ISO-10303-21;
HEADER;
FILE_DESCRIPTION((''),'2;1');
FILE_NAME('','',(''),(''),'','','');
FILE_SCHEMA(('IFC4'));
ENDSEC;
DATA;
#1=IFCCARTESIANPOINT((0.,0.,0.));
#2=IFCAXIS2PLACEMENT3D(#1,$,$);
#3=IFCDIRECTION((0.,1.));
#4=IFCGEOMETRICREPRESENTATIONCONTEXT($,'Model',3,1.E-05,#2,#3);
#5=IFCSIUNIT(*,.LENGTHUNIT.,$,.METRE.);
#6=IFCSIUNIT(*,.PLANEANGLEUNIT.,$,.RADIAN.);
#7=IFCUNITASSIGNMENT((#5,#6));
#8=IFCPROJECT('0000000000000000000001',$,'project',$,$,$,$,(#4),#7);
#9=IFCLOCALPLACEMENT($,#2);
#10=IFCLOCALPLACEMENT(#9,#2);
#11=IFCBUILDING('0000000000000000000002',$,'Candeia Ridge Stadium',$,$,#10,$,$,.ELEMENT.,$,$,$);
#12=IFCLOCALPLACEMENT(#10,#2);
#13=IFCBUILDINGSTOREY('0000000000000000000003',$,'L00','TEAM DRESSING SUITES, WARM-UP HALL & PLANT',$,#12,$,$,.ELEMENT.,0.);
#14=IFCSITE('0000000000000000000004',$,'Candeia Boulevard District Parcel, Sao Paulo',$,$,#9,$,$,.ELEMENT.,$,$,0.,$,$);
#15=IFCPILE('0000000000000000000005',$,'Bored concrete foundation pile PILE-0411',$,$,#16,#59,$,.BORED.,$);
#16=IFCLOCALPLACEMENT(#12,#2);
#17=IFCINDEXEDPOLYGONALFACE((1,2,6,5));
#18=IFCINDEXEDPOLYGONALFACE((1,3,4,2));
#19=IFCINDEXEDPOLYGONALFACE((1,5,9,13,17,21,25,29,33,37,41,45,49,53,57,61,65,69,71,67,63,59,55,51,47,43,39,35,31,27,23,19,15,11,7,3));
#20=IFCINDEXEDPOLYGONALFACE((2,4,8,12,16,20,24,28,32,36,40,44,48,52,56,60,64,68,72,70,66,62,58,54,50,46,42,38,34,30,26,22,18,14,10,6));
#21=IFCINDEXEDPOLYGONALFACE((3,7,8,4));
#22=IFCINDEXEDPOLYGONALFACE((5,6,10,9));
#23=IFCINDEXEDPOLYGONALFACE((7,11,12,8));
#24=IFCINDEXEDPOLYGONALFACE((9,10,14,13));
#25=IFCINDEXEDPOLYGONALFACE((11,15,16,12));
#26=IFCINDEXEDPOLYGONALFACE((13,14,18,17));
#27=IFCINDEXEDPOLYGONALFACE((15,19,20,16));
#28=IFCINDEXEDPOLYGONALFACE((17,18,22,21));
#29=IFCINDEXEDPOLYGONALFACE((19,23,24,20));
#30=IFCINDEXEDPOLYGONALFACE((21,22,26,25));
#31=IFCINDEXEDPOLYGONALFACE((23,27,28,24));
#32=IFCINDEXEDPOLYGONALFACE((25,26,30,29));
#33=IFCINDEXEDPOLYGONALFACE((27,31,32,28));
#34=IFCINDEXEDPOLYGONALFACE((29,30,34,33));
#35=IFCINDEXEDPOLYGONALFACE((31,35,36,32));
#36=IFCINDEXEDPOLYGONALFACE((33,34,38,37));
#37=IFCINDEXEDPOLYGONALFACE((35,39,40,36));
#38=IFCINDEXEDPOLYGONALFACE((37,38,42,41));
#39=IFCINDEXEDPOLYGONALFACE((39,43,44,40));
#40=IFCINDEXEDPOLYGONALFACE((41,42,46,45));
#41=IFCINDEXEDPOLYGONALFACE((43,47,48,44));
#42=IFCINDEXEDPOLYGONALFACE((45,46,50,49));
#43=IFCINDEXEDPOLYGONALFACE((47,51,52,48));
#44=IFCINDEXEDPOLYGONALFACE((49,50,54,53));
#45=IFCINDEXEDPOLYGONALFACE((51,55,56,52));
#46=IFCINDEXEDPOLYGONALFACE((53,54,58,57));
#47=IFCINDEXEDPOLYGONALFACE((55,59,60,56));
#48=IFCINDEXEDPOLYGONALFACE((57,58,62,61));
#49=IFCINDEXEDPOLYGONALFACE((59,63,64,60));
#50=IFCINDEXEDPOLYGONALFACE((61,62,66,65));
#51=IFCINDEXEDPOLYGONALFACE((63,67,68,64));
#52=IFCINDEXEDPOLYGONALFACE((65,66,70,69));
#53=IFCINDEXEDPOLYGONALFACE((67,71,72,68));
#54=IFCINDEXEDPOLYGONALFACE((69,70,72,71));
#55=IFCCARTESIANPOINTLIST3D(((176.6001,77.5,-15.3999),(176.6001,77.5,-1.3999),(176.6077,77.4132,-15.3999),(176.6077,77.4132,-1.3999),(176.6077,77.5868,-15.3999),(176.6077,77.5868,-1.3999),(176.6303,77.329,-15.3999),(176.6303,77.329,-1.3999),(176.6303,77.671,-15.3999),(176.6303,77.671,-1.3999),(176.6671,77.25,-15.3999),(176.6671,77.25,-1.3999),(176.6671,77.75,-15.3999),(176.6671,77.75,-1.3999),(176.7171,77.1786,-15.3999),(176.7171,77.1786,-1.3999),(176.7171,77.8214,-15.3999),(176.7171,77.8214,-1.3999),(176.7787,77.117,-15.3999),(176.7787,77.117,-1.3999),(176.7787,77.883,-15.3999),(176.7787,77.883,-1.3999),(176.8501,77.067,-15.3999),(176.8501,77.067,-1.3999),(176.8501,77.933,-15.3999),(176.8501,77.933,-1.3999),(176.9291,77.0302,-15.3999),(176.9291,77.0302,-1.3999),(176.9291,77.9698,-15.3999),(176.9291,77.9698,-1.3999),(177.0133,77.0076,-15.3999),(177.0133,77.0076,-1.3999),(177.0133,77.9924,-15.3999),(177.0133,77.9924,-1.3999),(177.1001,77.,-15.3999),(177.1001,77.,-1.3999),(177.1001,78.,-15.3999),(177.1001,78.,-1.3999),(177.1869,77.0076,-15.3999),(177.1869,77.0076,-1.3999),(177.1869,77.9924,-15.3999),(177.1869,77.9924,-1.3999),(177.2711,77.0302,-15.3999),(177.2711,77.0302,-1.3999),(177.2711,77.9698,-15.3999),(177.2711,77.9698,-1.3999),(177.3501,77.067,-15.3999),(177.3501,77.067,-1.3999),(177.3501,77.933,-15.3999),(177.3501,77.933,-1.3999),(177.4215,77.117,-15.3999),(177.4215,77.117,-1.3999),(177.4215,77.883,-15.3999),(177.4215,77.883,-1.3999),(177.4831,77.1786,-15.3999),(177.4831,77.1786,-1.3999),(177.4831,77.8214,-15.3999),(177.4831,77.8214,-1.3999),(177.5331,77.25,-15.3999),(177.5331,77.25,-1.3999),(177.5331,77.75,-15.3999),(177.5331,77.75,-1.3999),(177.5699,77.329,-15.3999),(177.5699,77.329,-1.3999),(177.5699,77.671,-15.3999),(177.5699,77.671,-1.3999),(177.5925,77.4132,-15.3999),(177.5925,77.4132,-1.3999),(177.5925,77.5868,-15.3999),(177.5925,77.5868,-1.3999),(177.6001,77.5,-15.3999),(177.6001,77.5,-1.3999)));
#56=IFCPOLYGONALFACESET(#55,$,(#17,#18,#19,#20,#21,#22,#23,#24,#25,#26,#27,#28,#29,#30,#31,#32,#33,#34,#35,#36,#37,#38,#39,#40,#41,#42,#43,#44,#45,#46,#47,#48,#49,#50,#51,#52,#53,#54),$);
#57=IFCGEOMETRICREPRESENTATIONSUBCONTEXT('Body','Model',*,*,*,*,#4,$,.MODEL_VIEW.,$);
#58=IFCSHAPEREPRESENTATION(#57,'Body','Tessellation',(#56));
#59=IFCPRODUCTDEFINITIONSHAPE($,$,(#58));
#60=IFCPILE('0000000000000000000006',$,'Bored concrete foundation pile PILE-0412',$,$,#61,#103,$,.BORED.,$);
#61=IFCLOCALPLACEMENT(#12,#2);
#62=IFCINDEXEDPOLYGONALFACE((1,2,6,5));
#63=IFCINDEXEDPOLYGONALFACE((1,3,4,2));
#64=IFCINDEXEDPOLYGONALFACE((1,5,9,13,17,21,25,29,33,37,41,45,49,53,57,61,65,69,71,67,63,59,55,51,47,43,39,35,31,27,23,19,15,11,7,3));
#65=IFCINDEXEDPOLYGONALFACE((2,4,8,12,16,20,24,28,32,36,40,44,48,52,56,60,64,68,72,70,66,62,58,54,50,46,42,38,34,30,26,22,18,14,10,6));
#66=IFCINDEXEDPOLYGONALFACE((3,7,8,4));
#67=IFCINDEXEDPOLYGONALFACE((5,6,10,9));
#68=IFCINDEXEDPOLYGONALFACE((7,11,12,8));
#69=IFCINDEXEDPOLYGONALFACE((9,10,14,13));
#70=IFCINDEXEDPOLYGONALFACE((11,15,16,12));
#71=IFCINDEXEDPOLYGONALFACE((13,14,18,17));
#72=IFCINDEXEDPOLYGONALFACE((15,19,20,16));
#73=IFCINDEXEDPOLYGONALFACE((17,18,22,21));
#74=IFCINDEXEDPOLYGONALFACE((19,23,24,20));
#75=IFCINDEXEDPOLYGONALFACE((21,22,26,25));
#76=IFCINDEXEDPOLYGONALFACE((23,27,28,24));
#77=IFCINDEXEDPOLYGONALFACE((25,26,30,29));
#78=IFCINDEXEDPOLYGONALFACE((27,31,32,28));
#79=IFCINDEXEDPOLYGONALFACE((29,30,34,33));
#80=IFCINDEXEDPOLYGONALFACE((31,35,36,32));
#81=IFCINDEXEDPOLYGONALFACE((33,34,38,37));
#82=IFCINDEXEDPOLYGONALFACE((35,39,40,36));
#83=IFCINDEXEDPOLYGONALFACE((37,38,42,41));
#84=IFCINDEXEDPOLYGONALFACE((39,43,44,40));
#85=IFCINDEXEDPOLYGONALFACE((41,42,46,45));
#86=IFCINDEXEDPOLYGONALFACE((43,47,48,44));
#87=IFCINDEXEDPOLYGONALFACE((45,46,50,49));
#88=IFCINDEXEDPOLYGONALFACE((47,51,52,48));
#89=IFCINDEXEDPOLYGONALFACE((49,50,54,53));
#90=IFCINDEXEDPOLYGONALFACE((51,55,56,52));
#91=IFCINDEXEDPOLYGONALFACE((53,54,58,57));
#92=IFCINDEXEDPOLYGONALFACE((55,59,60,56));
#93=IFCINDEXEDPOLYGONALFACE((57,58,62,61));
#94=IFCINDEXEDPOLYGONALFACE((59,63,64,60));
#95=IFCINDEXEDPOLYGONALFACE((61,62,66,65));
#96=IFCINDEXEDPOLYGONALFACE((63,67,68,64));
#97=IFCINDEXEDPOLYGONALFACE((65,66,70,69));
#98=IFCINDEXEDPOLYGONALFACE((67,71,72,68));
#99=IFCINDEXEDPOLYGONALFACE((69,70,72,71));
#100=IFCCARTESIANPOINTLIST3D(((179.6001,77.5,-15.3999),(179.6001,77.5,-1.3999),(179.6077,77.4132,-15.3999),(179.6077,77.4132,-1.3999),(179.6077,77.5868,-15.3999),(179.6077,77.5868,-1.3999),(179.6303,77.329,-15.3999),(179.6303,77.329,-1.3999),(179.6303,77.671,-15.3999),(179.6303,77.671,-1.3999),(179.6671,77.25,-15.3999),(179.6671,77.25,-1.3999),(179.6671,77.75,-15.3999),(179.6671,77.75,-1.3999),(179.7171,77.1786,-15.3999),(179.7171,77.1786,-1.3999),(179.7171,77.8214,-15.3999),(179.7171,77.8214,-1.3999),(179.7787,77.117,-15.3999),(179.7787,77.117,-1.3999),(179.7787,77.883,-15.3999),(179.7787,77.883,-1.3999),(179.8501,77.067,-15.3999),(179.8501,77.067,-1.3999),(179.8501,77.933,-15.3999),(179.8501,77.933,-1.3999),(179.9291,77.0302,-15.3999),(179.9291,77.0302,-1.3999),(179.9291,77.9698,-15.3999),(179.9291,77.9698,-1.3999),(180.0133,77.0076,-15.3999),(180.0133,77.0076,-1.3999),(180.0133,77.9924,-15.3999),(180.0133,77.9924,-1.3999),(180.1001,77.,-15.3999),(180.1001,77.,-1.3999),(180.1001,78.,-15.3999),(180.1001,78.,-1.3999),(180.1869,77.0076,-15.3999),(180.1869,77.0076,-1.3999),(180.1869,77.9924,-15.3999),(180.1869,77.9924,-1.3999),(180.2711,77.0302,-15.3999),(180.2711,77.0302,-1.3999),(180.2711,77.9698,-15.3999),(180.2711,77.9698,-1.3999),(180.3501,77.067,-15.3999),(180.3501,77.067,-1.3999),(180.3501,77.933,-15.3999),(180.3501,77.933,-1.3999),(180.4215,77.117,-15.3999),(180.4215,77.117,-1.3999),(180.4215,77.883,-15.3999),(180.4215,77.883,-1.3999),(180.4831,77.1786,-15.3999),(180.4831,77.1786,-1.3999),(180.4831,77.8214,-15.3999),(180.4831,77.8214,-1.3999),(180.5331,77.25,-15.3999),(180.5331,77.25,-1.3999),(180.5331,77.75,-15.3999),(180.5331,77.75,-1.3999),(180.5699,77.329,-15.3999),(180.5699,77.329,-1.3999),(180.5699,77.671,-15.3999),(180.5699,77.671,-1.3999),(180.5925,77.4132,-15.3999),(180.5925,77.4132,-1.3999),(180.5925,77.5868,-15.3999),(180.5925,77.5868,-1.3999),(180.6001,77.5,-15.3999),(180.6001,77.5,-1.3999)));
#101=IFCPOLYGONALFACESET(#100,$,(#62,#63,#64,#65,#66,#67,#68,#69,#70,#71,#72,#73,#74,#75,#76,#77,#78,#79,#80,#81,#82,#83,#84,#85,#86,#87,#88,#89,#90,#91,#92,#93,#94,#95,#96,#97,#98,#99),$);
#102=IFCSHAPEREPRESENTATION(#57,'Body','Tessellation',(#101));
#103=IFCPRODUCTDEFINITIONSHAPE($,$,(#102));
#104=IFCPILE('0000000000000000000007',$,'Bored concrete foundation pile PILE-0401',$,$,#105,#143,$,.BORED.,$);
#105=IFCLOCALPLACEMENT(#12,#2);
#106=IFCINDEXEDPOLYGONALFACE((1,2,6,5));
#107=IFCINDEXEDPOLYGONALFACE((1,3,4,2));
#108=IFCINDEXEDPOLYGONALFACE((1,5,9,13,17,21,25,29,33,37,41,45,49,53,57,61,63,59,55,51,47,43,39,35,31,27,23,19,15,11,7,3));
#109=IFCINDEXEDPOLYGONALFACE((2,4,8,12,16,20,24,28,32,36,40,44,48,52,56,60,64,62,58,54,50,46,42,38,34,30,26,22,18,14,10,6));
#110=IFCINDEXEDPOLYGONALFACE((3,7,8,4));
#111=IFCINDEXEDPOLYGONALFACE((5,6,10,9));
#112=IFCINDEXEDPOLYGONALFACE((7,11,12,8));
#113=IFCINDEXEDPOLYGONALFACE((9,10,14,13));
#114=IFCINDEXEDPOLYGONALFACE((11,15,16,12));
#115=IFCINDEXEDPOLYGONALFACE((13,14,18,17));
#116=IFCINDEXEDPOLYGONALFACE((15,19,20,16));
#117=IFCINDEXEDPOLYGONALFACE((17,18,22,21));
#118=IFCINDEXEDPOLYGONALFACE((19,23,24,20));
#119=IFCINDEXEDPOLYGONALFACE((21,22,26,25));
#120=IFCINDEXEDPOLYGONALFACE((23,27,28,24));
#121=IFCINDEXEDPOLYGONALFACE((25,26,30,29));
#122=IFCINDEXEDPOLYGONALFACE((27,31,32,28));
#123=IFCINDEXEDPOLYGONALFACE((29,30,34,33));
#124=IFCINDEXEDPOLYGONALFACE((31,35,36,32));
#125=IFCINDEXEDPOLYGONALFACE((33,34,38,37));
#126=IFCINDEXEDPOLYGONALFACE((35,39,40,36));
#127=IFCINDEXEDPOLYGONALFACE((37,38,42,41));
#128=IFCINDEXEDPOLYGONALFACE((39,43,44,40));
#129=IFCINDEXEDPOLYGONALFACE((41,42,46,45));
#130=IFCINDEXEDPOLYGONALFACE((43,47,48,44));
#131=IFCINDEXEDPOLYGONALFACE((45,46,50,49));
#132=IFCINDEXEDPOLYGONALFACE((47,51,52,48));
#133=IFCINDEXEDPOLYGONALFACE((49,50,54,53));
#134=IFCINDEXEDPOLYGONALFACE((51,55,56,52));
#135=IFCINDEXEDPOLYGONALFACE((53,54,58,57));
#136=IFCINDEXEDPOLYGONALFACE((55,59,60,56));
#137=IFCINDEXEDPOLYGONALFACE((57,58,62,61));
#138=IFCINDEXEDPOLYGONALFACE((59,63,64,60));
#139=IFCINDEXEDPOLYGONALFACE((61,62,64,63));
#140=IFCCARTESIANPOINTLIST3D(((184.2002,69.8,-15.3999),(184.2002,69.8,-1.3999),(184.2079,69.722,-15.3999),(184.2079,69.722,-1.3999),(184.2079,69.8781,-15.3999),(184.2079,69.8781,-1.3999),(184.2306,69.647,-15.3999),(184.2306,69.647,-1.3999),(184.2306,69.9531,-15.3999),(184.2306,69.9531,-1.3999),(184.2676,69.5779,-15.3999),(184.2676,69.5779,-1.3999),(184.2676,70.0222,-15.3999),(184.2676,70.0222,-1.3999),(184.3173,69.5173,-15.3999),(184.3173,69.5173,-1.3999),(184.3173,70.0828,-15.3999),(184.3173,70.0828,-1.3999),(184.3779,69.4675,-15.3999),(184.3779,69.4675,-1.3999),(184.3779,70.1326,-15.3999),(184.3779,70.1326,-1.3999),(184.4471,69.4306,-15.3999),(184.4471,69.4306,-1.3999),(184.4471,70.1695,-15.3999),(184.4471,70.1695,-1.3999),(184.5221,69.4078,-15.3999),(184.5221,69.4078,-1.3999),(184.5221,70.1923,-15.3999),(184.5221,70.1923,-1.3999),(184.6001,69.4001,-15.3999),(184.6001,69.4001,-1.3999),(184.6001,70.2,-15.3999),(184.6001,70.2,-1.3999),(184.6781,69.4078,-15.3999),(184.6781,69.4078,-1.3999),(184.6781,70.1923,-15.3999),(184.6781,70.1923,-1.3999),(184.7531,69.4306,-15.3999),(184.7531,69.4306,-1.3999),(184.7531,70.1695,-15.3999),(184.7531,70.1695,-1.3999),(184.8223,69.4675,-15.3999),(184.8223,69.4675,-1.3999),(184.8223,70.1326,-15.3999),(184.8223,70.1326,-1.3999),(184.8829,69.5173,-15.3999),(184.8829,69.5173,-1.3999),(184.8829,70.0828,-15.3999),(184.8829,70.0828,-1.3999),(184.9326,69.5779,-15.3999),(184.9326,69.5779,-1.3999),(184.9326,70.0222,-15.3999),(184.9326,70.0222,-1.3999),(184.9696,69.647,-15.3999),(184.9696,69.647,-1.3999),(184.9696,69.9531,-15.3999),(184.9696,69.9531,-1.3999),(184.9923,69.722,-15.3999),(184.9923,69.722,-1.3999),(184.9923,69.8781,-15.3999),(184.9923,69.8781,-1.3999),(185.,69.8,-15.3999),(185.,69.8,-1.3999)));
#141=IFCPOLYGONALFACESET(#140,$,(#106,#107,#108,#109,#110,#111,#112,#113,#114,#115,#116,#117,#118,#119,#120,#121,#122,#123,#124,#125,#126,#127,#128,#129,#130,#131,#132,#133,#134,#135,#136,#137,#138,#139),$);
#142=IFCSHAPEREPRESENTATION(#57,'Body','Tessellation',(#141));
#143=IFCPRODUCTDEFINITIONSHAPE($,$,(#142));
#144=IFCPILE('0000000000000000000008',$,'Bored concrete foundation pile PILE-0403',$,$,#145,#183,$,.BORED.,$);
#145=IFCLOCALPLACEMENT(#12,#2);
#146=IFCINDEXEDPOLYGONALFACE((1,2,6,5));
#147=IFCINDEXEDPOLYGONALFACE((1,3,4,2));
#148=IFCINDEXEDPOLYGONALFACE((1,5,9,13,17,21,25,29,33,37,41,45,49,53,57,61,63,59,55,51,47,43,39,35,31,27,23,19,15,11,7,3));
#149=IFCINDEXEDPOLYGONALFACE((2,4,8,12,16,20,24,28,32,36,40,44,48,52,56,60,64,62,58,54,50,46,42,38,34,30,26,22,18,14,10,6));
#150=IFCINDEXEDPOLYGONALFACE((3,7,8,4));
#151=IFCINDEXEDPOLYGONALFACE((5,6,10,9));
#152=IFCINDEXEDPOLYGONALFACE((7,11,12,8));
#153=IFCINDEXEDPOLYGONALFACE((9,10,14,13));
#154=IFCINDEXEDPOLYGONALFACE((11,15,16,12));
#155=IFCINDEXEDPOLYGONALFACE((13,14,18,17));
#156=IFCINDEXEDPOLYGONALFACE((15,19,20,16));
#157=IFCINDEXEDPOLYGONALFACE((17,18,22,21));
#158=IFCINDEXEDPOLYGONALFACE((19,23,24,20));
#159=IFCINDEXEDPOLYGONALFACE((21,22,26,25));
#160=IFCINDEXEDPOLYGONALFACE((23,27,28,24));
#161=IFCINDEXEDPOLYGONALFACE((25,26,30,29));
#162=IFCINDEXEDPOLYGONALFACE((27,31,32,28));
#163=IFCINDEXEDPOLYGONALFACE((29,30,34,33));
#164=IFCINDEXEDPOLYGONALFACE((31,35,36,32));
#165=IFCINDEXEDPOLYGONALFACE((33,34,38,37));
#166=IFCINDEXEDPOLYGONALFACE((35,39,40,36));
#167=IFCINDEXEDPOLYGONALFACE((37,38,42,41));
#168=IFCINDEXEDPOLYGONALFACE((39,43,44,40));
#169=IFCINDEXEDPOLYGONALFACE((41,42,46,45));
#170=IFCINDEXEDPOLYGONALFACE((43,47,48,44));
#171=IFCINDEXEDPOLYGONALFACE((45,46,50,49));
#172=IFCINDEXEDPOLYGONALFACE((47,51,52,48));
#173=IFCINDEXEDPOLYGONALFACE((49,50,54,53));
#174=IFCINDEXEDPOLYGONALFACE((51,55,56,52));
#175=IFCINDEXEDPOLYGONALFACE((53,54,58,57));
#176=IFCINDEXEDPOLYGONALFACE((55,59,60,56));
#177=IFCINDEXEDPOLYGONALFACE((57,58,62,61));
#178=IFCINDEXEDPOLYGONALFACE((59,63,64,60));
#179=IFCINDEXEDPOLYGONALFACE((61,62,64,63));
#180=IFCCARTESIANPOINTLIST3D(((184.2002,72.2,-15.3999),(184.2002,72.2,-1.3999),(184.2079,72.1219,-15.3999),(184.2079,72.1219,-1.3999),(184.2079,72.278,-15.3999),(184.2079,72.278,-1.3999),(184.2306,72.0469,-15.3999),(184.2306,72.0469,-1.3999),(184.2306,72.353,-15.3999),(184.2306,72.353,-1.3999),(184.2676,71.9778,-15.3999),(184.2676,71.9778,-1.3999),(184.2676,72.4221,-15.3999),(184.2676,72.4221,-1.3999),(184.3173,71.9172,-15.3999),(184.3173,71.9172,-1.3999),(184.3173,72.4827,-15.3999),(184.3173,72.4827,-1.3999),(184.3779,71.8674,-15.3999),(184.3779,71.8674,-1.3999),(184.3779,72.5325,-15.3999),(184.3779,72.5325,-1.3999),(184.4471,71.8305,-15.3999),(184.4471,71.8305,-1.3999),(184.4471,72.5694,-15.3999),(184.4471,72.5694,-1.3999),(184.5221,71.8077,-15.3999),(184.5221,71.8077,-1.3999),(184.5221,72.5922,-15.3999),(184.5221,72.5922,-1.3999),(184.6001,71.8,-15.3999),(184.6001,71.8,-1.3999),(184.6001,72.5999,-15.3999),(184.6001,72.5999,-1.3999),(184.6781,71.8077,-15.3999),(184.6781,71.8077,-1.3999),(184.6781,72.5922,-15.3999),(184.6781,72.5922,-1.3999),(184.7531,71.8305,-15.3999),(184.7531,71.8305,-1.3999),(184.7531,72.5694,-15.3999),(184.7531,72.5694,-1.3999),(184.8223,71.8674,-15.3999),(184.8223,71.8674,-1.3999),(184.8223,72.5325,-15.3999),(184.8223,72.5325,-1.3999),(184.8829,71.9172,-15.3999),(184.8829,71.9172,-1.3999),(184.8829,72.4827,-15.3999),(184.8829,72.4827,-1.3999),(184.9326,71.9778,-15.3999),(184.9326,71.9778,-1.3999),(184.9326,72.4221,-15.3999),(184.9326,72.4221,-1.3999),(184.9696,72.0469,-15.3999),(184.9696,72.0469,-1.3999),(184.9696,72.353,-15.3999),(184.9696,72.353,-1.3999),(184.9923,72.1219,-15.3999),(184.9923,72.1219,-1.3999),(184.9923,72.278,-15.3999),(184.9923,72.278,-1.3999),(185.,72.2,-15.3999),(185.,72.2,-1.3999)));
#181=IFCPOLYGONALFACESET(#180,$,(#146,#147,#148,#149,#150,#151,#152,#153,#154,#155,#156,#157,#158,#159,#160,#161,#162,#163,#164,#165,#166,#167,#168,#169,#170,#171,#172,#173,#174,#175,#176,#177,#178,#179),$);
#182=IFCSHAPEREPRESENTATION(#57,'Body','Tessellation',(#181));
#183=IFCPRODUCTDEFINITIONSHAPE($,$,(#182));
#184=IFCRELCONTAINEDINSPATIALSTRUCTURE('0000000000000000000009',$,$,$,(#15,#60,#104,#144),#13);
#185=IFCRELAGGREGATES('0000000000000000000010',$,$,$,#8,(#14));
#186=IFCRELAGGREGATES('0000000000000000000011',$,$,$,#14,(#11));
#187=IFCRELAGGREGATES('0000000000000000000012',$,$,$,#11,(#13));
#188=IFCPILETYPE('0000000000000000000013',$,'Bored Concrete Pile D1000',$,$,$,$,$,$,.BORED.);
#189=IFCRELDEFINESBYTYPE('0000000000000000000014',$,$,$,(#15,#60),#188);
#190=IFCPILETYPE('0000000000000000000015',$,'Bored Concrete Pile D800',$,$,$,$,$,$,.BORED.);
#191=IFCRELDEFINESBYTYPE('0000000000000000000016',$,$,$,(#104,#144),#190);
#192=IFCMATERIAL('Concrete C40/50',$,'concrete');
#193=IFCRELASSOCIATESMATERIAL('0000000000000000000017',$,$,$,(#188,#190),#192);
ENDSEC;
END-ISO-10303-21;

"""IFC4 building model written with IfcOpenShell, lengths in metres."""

from ifc_helpers import new_model, si_unit, direction, frame, origin, origin_2d, place, context, subcontext, project, spatial, circle, extrude, material, material_profile, profile_set, type_object, element, save


model = new_model("IFC4")

# Units and contexts
model_context = context("Model", 3, precision=1e-05, world=origin(), true_north=direction((0.0, 1.0)))
body_context = subcontext(model_context, "Body", "Model", "MODEL_VIEW")
ifc_project = project(units=[si_unit("LENGTHUNIT", "METRE"), si_unit("PLANEANGLEUNIT", "RADIAN")], contexts=[model_context])

# Site, building, storey
site_placement = place(None, origin())
site = spatial("IfcSite", under=ifc_project, at=site_placement, Name="Candeia Boulevard District Parcel, Sao Paulo", CompositionType="ELEMENT", RefElevation=0.0)
building_placement = place(site_placement, origin())
building = spatial("IfcBuilding", under=site, at=building_placement, Name="Candeia Ridge Stadium", CompositionType="ELEMENT")
storey_placement = place(building_placement, origin())
storey = spatial("IfcBuildingStorey", under=building, at=storey_placement, Name="L00", Description="TEAM DRESSING SUITES, WARM-UP HALL & PLANT", CompositionType="ELEMENT", Elevation=0.0)

# Piles
ifc_material_1 = material(Name="Concrete C40/50", Category="concrete")
ifc_material_profile_1 = material_profile(ifc_material_1, circle(Radius=0.5, at=origin_2d()), Name="PILE-D1000", Category="concrete")
ifc_profile_set_1 = profile_set([ifc_material_profile_1], Name="Concrete C40/50")
pile_type_1 = type_object("IfcPileType", Name="Bored Concrete Pile D1000", PredefinedType="BORED", material=ifc_profile_set_1)
for number, where, z_axis, x_axis, name in (
    (1, (177.1001, 77.5, -1.3999), (0.0, 0.0, -1.0), (1.0, 0.0, 0.0), "Bored concrete foundation pile PILE-0411"),
    (2, (180.1001, 77.5, -1.3999), (0.0, 0.0, -1.0), (1.0, 0.0, 0.0), "Bored concrete foundation pile PILE-0412"),
):
    element("IfcPile", number, at=place(storey_placement, frame(where, z_axis=z_axis, x_axis=x_axis)), inside=storey, type_object=pile_type_1, Name=name, PredefinedType="BORED", context=body_context, shape_type="SweptSolid", body=[
        extrude(circle(Radius=0.5, at=origin_2d()), origin(), (0.0, 0.0, 1.0), 14.0),
    ])
ifc_material_profile_2 = material_profile(ifc_material_1, circle(Radius=0.3999, at=origin_2d()), Name="PILE-D800", Category="concrete")
ifc_profile_set_2 = profile_set([ifc_material_profile_2], Name="Concrete C40/50")
pile_type_2 = type_object("IfcPileType", Name="Bored Concrete Pile D800", PredefinedType="BORED", material=ifc_profile_set_2)
for number, where, z_axis, x_axis, name in (
    (3, (184.6001, 69.8, -1.3999), (0.0, 0.0, -1.0), (1.0, 0.0, 0.0), "Bored concrete foundation pile PILE-0401"),
    (4, (184.6001, 72.2, -1.3999), (0.0, 0.0, -1.0), (1.0, 0.0, 0.0), "Bored concrete foundation pile PILE-0403"),
):
    element("IfcPile", number, at=place(storey_placement, frame(where, z_axis=z_axis, x_axis=x_axis)), inside=storey, type_object=pile_type_2, Name=name, PredefinedType="BORED", context=body_context, shape_type="SweptSolid", body=[
        extrude(circle(Radius=0.3999, at=origin_2d()), origin(), (0.0, 0.0, 1.0), 14.0),
    ])

save(model, "model.ifc")
